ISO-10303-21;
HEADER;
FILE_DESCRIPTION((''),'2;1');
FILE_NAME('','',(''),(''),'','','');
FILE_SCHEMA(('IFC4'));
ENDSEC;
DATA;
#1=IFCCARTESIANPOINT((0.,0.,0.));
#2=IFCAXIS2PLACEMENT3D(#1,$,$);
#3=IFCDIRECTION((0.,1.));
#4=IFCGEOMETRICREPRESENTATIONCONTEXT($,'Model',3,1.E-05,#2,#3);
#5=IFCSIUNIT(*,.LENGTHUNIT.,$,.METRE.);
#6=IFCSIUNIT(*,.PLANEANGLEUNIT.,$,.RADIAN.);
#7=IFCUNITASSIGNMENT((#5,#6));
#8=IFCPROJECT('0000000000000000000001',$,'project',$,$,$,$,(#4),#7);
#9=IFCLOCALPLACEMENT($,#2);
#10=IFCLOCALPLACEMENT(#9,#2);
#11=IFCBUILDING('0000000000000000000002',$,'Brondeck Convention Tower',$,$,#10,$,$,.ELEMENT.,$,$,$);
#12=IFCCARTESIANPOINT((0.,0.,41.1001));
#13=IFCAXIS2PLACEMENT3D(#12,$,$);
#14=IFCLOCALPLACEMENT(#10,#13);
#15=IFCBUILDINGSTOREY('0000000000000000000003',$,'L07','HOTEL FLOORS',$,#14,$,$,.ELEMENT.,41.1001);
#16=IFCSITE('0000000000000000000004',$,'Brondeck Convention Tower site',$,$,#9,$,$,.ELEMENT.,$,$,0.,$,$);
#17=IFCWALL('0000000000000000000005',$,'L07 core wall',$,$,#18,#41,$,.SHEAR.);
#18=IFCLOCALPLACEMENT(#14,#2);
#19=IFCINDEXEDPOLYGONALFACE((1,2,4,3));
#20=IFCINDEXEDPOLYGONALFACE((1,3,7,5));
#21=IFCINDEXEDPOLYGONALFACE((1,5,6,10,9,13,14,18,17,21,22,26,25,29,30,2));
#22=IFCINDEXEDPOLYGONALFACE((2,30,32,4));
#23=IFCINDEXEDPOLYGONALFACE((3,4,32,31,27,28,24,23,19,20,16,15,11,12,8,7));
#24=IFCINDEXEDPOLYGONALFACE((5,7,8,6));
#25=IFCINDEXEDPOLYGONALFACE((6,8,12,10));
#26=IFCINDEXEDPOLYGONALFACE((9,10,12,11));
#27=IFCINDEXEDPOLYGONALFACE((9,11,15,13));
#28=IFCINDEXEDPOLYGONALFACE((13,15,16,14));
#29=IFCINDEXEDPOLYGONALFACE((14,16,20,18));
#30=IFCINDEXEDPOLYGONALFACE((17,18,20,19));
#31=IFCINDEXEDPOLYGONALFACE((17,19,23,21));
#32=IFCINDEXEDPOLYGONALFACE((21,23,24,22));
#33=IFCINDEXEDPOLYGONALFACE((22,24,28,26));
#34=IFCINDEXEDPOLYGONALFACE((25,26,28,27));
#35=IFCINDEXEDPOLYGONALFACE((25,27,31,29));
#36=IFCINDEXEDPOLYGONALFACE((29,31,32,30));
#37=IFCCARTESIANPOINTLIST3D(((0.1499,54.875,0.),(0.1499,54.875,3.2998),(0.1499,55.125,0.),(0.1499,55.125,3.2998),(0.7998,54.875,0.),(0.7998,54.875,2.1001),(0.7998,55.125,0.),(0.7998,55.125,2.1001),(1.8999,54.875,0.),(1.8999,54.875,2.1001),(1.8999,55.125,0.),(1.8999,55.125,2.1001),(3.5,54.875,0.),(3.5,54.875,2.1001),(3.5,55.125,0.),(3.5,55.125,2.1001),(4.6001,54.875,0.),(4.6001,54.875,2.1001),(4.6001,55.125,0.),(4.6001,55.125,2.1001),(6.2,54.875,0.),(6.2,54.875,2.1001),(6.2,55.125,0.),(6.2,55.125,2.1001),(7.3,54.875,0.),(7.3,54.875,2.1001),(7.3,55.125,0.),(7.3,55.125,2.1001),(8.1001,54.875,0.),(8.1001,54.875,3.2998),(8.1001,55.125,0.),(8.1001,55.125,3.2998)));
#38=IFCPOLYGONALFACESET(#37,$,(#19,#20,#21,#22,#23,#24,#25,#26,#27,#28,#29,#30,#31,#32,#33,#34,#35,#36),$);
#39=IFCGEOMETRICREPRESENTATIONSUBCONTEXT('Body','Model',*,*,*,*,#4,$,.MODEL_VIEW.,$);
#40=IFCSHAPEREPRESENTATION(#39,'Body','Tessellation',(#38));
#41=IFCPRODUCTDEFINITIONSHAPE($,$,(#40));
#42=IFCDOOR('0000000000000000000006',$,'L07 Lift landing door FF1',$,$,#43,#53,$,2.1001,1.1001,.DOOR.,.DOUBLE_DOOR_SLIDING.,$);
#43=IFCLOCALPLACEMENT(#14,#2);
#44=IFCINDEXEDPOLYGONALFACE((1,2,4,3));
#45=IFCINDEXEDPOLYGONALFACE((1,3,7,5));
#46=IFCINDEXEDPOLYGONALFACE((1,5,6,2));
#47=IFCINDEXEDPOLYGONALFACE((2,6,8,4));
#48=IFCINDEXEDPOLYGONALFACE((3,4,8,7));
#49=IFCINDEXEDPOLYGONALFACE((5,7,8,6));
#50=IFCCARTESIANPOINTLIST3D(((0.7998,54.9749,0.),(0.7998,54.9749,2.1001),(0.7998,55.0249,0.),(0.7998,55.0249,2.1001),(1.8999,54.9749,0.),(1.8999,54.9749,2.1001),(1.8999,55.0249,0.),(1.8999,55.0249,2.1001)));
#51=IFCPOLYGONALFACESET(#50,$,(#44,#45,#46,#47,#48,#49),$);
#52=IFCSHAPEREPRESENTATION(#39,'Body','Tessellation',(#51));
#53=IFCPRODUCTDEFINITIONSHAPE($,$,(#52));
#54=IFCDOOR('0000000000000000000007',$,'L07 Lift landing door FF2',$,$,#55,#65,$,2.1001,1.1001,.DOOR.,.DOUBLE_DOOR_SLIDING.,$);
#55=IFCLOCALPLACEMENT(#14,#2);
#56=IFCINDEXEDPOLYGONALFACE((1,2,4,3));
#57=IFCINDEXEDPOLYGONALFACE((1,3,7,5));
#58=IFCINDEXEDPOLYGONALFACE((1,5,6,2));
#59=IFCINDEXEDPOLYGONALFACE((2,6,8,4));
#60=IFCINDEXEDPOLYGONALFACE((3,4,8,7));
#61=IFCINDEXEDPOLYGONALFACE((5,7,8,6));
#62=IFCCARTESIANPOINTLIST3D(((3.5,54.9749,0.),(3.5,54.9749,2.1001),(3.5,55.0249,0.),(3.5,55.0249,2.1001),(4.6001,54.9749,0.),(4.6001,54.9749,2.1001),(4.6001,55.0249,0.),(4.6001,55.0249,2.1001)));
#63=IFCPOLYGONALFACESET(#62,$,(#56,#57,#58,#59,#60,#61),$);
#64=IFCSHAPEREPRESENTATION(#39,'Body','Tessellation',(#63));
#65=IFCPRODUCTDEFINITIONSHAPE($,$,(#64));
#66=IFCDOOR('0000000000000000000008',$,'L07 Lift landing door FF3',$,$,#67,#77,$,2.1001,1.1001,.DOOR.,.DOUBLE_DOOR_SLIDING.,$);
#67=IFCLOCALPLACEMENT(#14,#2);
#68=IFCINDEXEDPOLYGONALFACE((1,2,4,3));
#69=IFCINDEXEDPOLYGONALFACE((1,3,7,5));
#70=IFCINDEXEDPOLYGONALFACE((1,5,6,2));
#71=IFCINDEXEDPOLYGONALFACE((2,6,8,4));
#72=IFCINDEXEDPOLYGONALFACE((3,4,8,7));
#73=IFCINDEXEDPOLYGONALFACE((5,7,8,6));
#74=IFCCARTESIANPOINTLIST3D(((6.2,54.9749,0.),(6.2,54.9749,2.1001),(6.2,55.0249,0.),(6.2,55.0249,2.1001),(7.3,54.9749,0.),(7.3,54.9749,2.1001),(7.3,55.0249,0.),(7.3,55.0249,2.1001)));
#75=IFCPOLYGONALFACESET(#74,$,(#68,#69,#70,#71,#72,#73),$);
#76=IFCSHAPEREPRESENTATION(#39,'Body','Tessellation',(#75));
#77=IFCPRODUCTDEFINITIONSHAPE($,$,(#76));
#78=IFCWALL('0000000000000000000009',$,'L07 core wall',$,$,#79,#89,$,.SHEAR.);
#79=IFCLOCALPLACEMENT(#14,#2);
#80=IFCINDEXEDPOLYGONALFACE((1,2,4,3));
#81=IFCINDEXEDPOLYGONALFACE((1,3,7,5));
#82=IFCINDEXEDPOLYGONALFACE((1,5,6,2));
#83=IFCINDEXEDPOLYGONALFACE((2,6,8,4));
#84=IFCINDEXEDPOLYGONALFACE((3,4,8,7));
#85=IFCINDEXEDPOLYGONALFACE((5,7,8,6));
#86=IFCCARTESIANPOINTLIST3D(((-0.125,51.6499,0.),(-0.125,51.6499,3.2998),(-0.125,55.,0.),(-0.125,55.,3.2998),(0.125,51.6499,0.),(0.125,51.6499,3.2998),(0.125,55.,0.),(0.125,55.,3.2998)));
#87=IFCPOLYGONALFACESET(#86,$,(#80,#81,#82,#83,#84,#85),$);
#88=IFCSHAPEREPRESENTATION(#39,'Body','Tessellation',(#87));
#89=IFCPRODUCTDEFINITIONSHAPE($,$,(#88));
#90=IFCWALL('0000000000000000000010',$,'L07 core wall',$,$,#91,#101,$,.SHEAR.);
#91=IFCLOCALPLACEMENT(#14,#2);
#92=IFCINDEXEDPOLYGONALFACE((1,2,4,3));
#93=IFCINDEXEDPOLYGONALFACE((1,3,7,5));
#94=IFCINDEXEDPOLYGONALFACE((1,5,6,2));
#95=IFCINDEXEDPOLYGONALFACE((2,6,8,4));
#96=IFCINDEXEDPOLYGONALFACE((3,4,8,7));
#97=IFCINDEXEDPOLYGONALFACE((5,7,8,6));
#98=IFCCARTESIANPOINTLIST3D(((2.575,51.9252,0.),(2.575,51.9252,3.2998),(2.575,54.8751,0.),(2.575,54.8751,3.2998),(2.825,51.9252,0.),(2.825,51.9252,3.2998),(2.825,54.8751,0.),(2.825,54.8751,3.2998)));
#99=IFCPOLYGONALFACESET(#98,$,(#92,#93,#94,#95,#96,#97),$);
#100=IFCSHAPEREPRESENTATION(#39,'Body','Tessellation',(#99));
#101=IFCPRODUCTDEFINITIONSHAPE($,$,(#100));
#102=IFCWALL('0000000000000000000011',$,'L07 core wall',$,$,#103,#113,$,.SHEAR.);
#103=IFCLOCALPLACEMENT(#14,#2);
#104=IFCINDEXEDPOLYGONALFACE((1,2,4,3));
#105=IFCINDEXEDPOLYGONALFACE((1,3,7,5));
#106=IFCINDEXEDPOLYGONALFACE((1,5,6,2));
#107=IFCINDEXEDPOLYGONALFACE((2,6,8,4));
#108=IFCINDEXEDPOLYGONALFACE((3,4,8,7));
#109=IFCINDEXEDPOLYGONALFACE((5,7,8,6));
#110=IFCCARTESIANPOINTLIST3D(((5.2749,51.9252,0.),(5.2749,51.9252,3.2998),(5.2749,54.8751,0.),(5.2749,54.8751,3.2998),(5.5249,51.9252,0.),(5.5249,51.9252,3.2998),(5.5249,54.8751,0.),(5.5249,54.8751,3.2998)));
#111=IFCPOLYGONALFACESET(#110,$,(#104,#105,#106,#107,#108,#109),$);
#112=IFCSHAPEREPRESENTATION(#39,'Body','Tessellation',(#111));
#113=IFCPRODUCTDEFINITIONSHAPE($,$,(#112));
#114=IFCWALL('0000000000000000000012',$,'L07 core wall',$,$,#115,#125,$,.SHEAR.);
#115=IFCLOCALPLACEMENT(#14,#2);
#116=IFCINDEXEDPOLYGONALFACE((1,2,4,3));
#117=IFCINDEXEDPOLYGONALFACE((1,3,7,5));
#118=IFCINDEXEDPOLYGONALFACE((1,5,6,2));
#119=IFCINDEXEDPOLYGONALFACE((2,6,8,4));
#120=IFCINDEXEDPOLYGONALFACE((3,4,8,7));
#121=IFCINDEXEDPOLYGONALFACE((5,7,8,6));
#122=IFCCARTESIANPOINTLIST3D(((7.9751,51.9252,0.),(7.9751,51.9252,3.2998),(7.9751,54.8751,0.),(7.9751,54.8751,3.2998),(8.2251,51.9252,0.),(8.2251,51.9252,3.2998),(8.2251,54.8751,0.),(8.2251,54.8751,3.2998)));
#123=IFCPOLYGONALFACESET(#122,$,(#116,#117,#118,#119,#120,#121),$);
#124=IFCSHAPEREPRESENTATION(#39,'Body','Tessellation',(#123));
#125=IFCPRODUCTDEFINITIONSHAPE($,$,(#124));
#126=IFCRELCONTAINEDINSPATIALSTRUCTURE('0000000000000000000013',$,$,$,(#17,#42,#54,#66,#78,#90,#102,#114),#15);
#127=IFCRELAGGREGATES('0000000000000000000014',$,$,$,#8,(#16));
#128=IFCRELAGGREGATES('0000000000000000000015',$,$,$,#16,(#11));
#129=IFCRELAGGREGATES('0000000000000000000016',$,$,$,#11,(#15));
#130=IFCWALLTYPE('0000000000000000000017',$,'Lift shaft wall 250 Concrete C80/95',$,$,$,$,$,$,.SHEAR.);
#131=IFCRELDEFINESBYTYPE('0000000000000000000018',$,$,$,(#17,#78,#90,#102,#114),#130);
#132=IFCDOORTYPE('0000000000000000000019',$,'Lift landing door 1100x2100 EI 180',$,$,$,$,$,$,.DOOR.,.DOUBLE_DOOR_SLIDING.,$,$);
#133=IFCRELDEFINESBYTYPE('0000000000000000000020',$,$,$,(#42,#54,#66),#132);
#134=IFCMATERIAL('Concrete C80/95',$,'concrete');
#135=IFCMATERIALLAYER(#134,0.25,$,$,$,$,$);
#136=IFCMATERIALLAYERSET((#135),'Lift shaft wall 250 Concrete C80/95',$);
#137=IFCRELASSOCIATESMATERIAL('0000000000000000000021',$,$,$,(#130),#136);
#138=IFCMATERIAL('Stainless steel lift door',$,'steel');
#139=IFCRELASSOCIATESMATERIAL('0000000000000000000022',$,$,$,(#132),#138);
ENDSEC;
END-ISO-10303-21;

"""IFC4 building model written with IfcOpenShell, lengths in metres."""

from ifc_helpers import new_model, si_unit, direction, frame, frame_2d, origin, place, context, subcontext, project, spatial, rectangle, extrude, material, layer, layer_set, type_object, element, fill, save


model = new_model("IFC4")

# Units and contexts
model_context = context("Model", 3, precision=1e-05, world=origin(), true_north=direction((0.0, 1.0)))
body_context = subcontext(model_context, "Body", "Model", "MODEL_VIEW")
ifc_project = project(units=[si_unit("LENGTHUNIT", "METRE"), si_unit("PLANEANGLEUNIT", "RADIAN")], contexts=[model_context])

# Site, building, storey
site_placement = place(None, origin())
site = spatial("IfcSite", under=ifc_project, at=site_placement, Name="Brondeck Convention Tower site", CompositionType="ELEMENT", RefElevation=0.0)
building_placement = place(site_placement, origin())
building = spatial("IfcBuilding", under=site, at=building_placement, Name="Brondeck Convention Tower", CompositionType="ELEMENT")
storey_placement = place(building_placement, frame((0.0, 0.0, 41.1001)))
storey = spatial("IfcBuildingStorey", under=building, at=storey_placement, Name="L07", Description="HOTEL FLOORS", CompositionType="ELEMENT", Elevation=41.1001)

# Shared definitions
ifc_material_1 = material(Name="Concrete C80/95", Category="concrete")

# Shared definitions
ifc_layer_1 = layer(ifc_material_1, 0.25)
ifc_layer_set_1 = layer_set([ifc_layer_1], Name="Lift shaft wall 250 Concrete C80/95")
wall_type_1 = type_object("IfcWallType", Name="Lift shaft wall 250 Concrete C80/95", PredefinedType="SHEAR", material=ifc_layer_set_1)

# Wall, openings, doors
wall_1_placement = place(storey_placement, frame((0.1499, 55.0, 0.0), z_axis=(0.0, 0.0, 1.0), x_axis=(1.0, 0.0, 0.0)))
wall_1 = element("IfcWall", 1, at=wall_1_placement, inside=storey, type_object=wall_type_1, Name="L07 core wall", PredefinedType="SHEAR", context=body_context, shape_type="SweptSolid", body=[
    extrude(rectangle(XDim=7.9502, YDim=0.25, at=frame_2d((3.9751, 0.0))), origin(), (0.0, 0.0, 1.0), 3.2998),
])
opening_1_placement = place(wall_1_placement, frame((0.6499, 0.0, 0.0)))
opening_1 = element("IfcOpeningElement", 2, at=opening_1_placement, cuts=wall_1, PredefinedType="OPENING", context=body_context, shape_type="SweptSolid", body=[
    extrude(rectangle(XDim=1.1001, YDim=2.1001, at=frame_2d((0.55, 1.05))), frame((0.0, 0.135, 0.0), z_axis=(0.0, -1.0, 0.0), x_axis=(1.0, 0.0, 0.0)), (0.0, 0.0, 1.0), 0.27),
])
opening_2_placement = place(wall_1_placement, frame((3.3501, 0.0, 0.0)))
opening_2 = element("IfcOpeningElement", 3, at=opening_2_placement, cuts=wall_1, PredefinedType="OPENING", context=body_context, shape_type="SweptSolid", body=[
    extrude(rectangle(XDim=1.1001, YDim=2.1001, at=frame_2d((0.55, 1.05))), frame((0.0, 0.135, 0.0), z_axis=(0.0, -1.0, 0.0), x_axis=(1.0, 0.0, 0.0)), (0.0, 0.0, 1.0), 0.27),
])
opening_3_placement = place(wall_1_placement, frame((6.05, 0.0, 0.0)))
opening_3 = element("IfcOpeningElement", 4, at=opening_3_placement, cuts=wall_1, PredefinedType="OPENING", context=body_context, shape_type="SweptSolid", body=[
    extrude(rectangle(XDim=1.1001, YDim=2.1001, at=frame_2d((0.55, 1.05))), frame((0.0, 0.135, 0.0), z_axis=(0.0, -1.0, 0.0), x_axis=(1.0, 0.0, 0.0)), (0.0, 0.0, 1.0), 0.27),
])
ifc_material_2 = material(Name="Stainless steel lift door", Category="steel")
door_type = type_object("IfcDoorType", Name="Lift landing door 1100x2100 EI 180", OperationType="DOUBLE_DOOR_SLIDING", PredefinedType="DOOR", material=ifc_material_2)
door_1_placement = place(opening_1_placement, origin())
door_1 = element("IfcDoor", 5, at=door_1_placement, inside=storey, type_object=door_type, Name="L07 Lift landing door FF1", OperationType="DOUBLE_DOOR_SLIDING", OverallHeight=2.1001, OverallWidth=1.1001, PredefinedType="DOOR", context=body_context, shape_type="SweptSolid", body=[
    extrude(rectangle(XDim=1.1001, YDim=2.1001, at=frame_2d((0.55, 1.05))), frame((0.0, 0.0249, 0.0), z_axis=(0.0, -1.0, 0.0), x_axis=(1.0, 0.0, 0.0)), (0.0, 0.0, 1.0), 0.05),
])
fill(opening_1, door_1)
door_2_placement = place(opening_2_placement, origin())
door_2 = element("IfcDoor", 6, at=door_2_placement, inside=storey, type_object=door_type, Name="L07 Lift landing door FF2", OperationType="DOUBLE_DOOR_SLIDING", OverallHeight=2.1001, OverallWidth=1.1001, PredefinedType="DOOR", context=body_context, shape_type="SweptSolid", body=[
    extrude(rectangle(XDim=1.1001, YDim=2.1001, at=frame_2d((0.55, 1.05))), frame((0.0, 0.0249, 0.0), z_axis=(0.0, -1.0, 0.0), x_axis=(1.0, 0.0, 0.0)), (0.0, 0.0, 1.0), 0.05),
])
fill(opening_2, door_2)
door_3_placement = place(opening_3_placement, origin())
door_3 = element("IfcDoor", 7, at=door_3_placement, inside=storey, type_object=door_type, Name="L07 Lift landing door FF3", OperationType="DOUBLE_DOOR_SLIDING", OverallHeight=2.1001, OverallWidth=1.1001, PredefinedType="DOOR", context=body_context, shape_type="SweptSolid", body=[
    extrude(rectangle(XDim=1.1001, YDim=2.1001, at=frame_2d((0.55, 1.05))), frame((0.0, 0.0249, 0.0), z_axis=(0.0, -1.0, 0.0), x_axis=(1.0, 0.0, 0.0)), (0.0, 0.0, 1.0), 0.05),
])
fill(opening_3, door_3)

# Walls
wall_2_placement = place(storey_placement, frame((0.0, 51.6499, 0.0), z_axis=(0.0, 0.0, 1.0), x_axis=(0.0, 1.0, 0.0)))
element("IfcWall", 8, at=wall_2_placement, inside=storey, type_object=wall_type_1, Name="L07 core wall", PredefinedType="SHEAR", context=body_context, shape_type="SweptSolid", body=[
    extrude(rectangle(XDim=3.3501, YDim=0.25, at=frame_2d((1.675, 0.0))), origin(), (0.0, 0.0, 1.0), 3.2998),
])
for number, where, z_axis, x_axis, name in (
    (9, (2.7, 51.925, 0.0), (0.0, 0.0, 1.0), (0.0, 1.0, 0.0), "L07 core wall"),
    (10, (5.3999, 51.925, 0.0), (0.0, 0.0, 1.0), (0.0, 1.0, 0.0), "L07 core wall"),
    (11, (8.1001, 51.925, 0.0), (0.0, 0.0, 1.0), (0.0, 1.0, 0.0), "L07 core wall"),
):
    element("IfcWall", number, at=place(storey_placement, frame(where, z_axis=z_axis, x_axis=x_axis)), inside=storey, type_object=wall_type_1, Name=name, PredefinedType="SHEAR", context=body_context, shape_type="SweptSolid", body=[
        extrude(rectangle(XDim=2.95, YDim=0.25, at=frame_2d((1.4751, 0.0))), origin(), (0.0, 0.0, 1.0), 3.2998),
    ])

save(model, "model.ifc")
